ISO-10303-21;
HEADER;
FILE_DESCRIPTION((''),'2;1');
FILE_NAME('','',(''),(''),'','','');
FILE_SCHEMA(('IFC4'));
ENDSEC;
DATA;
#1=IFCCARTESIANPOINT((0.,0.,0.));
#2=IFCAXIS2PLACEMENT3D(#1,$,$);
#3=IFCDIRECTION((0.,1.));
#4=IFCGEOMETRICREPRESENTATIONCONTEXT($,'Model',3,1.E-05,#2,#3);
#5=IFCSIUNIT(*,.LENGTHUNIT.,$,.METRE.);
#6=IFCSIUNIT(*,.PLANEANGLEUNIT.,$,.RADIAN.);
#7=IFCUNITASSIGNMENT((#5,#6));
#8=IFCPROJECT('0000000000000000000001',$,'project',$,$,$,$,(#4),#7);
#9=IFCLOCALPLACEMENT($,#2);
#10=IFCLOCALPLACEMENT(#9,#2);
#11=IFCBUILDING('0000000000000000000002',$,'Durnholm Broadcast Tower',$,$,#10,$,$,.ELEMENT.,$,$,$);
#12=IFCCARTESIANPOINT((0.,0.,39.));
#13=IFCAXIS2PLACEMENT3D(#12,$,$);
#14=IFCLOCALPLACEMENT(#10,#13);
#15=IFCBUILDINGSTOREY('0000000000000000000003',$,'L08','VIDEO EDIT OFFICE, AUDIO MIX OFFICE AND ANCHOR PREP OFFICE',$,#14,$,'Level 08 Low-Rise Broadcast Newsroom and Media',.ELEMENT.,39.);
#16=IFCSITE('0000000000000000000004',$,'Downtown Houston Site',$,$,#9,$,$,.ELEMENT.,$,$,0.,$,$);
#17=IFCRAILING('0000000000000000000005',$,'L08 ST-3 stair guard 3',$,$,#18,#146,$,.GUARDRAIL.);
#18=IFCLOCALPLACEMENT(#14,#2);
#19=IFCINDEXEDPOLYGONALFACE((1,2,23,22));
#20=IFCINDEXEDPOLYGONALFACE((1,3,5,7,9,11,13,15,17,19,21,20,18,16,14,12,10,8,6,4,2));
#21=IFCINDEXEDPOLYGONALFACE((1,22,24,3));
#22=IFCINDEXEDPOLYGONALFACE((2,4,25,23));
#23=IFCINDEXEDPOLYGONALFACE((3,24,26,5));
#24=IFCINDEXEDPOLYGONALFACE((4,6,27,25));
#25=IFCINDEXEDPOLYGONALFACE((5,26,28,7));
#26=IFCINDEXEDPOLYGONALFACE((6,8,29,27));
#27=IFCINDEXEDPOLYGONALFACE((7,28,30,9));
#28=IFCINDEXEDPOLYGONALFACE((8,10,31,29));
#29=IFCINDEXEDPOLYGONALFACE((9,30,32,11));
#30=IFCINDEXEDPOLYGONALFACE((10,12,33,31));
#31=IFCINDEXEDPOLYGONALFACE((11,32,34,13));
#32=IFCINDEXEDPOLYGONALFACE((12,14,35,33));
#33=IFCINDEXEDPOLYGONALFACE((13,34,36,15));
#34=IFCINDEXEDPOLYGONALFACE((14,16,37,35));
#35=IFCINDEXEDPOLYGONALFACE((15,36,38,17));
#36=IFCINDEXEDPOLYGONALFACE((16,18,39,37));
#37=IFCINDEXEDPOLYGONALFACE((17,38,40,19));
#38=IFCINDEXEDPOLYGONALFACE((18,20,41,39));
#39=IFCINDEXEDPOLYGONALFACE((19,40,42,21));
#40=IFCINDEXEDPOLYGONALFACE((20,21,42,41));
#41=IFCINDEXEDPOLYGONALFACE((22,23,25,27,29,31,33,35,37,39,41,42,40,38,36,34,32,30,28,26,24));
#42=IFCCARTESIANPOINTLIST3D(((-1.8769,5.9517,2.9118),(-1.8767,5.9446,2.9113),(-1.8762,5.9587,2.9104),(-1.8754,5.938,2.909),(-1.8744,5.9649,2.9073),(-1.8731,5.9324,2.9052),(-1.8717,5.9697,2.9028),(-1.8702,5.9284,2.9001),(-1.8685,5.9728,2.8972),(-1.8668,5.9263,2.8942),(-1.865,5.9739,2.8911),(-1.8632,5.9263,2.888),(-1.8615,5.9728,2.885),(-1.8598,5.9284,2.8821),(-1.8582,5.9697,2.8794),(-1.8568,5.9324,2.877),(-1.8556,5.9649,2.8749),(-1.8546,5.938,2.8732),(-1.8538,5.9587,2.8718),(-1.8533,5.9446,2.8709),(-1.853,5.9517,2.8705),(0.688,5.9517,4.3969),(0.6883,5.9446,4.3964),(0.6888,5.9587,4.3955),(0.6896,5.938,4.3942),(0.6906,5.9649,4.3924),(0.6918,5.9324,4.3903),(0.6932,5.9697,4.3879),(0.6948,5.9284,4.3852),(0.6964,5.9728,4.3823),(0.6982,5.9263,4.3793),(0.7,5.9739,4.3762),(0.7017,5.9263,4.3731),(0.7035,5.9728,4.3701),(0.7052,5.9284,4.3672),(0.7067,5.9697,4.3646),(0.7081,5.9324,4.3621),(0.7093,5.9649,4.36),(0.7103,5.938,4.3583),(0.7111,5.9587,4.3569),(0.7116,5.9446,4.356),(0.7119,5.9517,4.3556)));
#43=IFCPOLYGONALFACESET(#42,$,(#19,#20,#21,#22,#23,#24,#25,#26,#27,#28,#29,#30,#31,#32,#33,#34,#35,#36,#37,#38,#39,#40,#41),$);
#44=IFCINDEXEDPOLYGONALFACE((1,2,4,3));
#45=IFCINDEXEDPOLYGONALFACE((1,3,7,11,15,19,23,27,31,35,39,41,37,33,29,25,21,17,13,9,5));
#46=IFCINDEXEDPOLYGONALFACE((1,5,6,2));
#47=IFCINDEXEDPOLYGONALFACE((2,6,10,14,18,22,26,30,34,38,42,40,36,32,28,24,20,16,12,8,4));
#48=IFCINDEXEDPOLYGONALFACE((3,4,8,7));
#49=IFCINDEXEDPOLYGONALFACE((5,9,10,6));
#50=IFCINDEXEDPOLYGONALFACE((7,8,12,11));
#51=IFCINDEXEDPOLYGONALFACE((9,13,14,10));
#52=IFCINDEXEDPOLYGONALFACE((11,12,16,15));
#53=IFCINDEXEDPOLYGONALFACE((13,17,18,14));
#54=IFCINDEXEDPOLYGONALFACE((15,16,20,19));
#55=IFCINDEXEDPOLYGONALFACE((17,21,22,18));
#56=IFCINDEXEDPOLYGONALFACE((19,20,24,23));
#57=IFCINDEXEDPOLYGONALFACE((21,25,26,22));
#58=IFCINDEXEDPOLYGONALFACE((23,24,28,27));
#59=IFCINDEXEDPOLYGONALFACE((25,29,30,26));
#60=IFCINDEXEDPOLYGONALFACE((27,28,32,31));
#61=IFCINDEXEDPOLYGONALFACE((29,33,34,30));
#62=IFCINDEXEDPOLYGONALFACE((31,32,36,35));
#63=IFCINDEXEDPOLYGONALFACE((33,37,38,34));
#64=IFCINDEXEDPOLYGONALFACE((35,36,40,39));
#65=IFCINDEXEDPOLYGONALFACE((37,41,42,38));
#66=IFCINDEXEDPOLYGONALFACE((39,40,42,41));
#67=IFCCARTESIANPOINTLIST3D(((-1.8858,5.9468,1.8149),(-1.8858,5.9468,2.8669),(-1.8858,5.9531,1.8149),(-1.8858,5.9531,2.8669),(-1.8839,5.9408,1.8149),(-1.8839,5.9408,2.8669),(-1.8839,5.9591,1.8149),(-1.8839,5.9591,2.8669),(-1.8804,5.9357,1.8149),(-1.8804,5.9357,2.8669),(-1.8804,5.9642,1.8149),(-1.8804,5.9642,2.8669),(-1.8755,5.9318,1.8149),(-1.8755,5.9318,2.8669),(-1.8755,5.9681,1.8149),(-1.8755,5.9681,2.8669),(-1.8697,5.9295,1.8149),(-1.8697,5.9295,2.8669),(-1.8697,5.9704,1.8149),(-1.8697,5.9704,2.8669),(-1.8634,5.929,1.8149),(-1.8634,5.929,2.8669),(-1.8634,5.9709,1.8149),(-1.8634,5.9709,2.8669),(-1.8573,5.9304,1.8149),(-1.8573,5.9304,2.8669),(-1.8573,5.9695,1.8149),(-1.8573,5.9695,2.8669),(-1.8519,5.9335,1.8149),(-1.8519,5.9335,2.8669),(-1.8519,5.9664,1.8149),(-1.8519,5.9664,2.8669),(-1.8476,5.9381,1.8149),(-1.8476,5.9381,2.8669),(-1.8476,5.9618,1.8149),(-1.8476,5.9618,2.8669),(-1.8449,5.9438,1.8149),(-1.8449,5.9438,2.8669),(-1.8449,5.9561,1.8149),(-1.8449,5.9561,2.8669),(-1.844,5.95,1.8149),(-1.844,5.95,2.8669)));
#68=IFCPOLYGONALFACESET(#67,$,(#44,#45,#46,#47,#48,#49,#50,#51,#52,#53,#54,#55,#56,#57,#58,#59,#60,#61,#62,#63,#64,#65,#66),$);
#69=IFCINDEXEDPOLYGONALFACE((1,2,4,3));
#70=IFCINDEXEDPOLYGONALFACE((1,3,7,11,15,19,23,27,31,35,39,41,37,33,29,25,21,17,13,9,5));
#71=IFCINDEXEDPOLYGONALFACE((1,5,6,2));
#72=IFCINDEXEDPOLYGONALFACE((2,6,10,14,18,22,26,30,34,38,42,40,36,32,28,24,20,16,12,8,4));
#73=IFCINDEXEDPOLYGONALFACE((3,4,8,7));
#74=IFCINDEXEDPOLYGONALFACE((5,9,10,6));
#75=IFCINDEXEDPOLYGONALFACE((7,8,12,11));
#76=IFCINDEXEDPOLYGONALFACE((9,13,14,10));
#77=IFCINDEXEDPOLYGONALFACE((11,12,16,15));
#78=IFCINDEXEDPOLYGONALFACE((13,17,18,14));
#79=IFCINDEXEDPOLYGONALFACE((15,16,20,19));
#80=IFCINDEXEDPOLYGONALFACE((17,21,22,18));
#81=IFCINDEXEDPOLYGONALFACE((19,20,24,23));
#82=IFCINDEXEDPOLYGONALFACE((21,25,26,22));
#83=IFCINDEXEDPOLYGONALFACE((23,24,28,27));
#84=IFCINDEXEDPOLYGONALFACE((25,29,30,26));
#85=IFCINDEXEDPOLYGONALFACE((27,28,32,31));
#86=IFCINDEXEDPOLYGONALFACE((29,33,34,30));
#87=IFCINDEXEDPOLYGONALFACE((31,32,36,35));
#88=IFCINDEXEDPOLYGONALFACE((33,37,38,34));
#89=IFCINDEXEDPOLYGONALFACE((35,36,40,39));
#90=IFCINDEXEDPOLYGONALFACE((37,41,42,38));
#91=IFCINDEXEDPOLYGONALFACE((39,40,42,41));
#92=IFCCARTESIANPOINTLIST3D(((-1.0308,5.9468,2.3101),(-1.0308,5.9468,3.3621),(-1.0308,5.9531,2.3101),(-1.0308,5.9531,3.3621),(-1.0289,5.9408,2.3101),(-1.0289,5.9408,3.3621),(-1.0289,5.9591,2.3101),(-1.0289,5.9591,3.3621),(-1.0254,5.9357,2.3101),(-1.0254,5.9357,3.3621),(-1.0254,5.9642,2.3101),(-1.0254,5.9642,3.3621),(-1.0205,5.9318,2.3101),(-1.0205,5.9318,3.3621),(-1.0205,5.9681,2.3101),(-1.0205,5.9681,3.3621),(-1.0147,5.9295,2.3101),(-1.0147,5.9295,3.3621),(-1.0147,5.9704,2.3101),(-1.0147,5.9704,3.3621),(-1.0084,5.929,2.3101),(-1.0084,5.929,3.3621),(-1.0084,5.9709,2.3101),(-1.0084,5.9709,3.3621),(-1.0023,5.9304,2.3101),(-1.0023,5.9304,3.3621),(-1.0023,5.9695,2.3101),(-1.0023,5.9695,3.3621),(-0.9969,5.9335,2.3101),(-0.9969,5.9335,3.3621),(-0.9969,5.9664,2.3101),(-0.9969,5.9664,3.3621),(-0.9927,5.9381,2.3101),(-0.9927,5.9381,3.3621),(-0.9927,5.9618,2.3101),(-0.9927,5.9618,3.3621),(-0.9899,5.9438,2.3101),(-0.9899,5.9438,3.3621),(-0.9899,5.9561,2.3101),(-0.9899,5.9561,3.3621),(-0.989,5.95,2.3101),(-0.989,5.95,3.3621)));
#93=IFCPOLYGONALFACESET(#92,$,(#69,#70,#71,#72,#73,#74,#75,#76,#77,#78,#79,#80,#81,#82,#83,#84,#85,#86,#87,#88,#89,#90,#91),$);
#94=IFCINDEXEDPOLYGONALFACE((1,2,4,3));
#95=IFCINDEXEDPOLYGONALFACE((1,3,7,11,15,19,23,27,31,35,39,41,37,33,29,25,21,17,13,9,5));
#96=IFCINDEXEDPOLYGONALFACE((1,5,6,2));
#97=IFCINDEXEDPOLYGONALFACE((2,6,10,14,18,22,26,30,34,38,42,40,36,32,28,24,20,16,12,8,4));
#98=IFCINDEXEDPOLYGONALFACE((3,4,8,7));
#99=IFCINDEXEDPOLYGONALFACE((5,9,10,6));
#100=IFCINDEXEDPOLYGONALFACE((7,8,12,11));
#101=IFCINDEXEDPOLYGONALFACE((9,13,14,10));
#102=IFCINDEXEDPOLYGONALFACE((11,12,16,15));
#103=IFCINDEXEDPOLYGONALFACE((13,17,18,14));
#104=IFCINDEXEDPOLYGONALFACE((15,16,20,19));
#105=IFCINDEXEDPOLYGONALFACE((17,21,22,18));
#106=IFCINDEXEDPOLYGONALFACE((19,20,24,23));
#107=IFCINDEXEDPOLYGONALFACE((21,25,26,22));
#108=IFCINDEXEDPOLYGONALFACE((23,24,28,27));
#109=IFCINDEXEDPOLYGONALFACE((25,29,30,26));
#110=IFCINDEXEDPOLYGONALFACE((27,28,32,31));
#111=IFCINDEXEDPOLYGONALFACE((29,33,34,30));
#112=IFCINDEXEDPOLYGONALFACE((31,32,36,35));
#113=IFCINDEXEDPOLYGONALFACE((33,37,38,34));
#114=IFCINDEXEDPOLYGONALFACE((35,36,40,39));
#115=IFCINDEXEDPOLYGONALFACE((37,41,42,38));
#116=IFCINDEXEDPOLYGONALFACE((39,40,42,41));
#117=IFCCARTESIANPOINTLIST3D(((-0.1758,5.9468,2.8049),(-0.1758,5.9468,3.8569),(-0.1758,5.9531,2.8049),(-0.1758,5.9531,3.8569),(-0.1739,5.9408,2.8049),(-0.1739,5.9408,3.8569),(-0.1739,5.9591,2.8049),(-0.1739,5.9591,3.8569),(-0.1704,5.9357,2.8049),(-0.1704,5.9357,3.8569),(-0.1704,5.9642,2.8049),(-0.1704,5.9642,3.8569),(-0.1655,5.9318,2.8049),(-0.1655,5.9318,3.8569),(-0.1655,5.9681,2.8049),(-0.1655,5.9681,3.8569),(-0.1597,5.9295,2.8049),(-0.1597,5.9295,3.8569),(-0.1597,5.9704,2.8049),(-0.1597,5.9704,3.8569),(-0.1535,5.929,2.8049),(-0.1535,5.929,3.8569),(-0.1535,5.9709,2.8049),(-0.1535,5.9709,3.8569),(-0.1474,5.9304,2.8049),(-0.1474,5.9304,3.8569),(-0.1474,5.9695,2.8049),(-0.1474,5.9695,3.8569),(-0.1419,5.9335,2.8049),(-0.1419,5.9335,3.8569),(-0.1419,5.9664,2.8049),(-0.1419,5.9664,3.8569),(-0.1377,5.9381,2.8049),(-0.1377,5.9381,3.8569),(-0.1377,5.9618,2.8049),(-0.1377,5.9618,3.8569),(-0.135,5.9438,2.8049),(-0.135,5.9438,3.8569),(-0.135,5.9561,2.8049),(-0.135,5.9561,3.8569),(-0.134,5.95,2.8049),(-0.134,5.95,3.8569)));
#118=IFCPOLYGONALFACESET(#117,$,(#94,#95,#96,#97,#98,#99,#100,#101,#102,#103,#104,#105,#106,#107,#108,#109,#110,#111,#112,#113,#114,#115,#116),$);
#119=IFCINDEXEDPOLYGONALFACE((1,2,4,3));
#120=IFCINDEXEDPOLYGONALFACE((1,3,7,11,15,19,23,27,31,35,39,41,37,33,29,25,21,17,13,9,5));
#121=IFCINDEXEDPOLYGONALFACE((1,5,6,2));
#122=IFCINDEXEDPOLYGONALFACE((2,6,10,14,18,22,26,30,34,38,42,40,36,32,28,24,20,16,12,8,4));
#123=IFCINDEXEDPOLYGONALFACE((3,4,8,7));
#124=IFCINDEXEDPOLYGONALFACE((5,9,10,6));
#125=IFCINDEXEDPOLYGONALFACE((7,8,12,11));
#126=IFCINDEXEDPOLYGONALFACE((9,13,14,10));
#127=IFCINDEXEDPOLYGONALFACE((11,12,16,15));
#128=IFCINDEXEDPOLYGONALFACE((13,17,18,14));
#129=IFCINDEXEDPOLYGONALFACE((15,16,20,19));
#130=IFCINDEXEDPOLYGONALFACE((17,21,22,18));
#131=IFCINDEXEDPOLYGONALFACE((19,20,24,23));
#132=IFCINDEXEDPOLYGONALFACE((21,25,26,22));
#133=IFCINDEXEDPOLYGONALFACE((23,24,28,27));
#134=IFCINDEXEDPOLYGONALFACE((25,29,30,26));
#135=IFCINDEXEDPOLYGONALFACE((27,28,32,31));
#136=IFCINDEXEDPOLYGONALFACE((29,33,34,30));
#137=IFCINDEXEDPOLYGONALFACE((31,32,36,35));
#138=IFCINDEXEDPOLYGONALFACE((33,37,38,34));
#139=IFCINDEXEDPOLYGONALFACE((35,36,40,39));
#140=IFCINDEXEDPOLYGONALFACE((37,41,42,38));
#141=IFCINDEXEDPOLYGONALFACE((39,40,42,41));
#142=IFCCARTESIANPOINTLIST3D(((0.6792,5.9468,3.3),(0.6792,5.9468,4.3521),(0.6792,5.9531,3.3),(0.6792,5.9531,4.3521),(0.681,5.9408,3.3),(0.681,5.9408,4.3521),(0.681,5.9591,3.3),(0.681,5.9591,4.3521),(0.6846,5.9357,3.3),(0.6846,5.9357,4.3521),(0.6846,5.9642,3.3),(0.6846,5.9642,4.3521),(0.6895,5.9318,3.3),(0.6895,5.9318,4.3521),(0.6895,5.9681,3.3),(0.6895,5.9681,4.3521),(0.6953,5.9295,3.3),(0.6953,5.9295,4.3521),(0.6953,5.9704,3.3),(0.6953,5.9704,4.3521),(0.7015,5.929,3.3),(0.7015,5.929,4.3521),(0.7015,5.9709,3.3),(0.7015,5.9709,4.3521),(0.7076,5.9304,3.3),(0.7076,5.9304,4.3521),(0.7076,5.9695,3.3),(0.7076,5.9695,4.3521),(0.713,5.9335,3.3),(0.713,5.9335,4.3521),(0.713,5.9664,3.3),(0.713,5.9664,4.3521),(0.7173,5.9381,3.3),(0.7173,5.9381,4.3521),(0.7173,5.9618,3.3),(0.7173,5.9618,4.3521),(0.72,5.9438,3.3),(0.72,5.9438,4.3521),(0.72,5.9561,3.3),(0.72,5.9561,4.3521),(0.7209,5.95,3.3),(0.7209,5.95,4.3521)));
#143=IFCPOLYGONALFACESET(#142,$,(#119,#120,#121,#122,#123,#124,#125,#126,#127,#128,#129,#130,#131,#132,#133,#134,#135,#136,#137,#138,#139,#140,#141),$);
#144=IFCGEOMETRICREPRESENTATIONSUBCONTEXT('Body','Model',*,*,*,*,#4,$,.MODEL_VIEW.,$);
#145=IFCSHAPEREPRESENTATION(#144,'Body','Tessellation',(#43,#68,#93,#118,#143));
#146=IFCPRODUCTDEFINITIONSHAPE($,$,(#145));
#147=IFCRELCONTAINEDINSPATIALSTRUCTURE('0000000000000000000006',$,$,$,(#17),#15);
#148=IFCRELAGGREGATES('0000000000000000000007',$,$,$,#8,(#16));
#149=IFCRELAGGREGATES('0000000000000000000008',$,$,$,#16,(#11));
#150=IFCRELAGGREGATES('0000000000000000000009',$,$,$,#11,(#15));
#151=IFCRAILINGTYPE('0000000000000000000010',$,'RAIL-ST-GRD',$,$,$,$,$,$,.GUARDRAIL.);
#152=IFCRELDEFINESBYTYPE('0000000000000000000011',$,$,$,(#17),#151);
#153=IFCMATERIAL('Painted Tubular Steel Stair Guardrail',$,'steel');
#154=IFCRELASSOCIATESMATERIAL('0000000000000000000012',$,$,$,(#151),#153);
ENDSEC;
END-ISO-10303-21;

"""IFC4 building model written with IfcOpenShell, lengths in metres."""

from ifc_helpers import new_model, si_unit, direction, frame, origin, origin_2d, place, context, subcontext, project, spatial, circle, extrude, material, type_object, element, save


model = new_model("IFC4")

# Units and contexts
model_context = context("Model", 3, precision=1e-05, world=origin(), true_north=direction((0.0, 1.0)))
body_context = subcontext(model_context, "Body", "Model", "MODEL_VIEW")
ifc_project = project(units=[si_unit("LENGTHUNIT", "METRE"), si_unit("PLANEANGLEUNIT", "RADIAN")], contexts=[model_context])

# Site, building, storey
site_placement = place(None, origin())
site = spatial("IfcSite", under=ifc_project, at=site_placement, Name="Downtown Houston Site", CompositionType="ELEMENT", RefElevation=0.0)
building_placement = place(site_placement, origin())
building = spatial("IfcBuilding", under=site, at=building_placement, Name="Durnholm Broadcast Tower", CompositionType="ELEMENT")
storey_placement = place(building_placement, frame((0.0, 0.0, 39.0)))
storey = spatial("IfcBuildingStorey", under=building, at=storey_placement, Name="L08", Description="VIDEO EDIT OFFICE, AUDIO MIX OFFICE AND ANCHOR PREP OFFICE", LongName="Level 08 Low-Rise Broadcast Newsroom and Media", CompositionType="ELEMENT", Elevation=39.0)

# Railing
ifc_material_1 = material(Name="Painted Tubular Steel Stair Guardrail", Category="steel")
railing_type_1 = type_object("IfcRailingType", Name="RAIL-ST-GRD", PredefinedType="GUARDRAIL", material=ifc_material_1)
railing_1_placement = place(storey_placement, frame((-1.865, 5.95, 1.8149)))
element("IfcRailing", 1, at=railing_1_placement, inside=storey, type_object=railing_type_1, Name="L08 ST-3 stair guard 3", PredefinedType="GUARDRAIL", context=body_context, shape_type="SweptSolid", body=[
    extrude(circle(Radius=0.0239, at=origin_2d()), frame((0.0, 0.0, 1.0762), z_axis=(0.865406, 0.0, 0.501072), x_axis=(0.0, 1.0, 0.0)), (0.0, 0.0, 1.0), 2.9639),
    extrude(circle(Radius=0.021, at=origin_2d()), origin(), (0.0, 0.0, 1.0), 1.052),
    extrude(circle(Radius=0.021, at=origin_2d()), frame((0.855, 0.0, 0.4951)), (0.0, 0.0, 1.0), 1.052),
    extrude(circle(Radius=0.021, at=origin_2d()), frame((1.71, 0.0, 0.99)), (0.0, 0.0, 1.0), 1.052),
    extrude(circle(Radius=0.021, at=origin_2d()), frame((2.5649, 0.0, 1.4851)), (0.0, 0.0, 1.0), 1.052),
])

save(model, "model.ifc")
